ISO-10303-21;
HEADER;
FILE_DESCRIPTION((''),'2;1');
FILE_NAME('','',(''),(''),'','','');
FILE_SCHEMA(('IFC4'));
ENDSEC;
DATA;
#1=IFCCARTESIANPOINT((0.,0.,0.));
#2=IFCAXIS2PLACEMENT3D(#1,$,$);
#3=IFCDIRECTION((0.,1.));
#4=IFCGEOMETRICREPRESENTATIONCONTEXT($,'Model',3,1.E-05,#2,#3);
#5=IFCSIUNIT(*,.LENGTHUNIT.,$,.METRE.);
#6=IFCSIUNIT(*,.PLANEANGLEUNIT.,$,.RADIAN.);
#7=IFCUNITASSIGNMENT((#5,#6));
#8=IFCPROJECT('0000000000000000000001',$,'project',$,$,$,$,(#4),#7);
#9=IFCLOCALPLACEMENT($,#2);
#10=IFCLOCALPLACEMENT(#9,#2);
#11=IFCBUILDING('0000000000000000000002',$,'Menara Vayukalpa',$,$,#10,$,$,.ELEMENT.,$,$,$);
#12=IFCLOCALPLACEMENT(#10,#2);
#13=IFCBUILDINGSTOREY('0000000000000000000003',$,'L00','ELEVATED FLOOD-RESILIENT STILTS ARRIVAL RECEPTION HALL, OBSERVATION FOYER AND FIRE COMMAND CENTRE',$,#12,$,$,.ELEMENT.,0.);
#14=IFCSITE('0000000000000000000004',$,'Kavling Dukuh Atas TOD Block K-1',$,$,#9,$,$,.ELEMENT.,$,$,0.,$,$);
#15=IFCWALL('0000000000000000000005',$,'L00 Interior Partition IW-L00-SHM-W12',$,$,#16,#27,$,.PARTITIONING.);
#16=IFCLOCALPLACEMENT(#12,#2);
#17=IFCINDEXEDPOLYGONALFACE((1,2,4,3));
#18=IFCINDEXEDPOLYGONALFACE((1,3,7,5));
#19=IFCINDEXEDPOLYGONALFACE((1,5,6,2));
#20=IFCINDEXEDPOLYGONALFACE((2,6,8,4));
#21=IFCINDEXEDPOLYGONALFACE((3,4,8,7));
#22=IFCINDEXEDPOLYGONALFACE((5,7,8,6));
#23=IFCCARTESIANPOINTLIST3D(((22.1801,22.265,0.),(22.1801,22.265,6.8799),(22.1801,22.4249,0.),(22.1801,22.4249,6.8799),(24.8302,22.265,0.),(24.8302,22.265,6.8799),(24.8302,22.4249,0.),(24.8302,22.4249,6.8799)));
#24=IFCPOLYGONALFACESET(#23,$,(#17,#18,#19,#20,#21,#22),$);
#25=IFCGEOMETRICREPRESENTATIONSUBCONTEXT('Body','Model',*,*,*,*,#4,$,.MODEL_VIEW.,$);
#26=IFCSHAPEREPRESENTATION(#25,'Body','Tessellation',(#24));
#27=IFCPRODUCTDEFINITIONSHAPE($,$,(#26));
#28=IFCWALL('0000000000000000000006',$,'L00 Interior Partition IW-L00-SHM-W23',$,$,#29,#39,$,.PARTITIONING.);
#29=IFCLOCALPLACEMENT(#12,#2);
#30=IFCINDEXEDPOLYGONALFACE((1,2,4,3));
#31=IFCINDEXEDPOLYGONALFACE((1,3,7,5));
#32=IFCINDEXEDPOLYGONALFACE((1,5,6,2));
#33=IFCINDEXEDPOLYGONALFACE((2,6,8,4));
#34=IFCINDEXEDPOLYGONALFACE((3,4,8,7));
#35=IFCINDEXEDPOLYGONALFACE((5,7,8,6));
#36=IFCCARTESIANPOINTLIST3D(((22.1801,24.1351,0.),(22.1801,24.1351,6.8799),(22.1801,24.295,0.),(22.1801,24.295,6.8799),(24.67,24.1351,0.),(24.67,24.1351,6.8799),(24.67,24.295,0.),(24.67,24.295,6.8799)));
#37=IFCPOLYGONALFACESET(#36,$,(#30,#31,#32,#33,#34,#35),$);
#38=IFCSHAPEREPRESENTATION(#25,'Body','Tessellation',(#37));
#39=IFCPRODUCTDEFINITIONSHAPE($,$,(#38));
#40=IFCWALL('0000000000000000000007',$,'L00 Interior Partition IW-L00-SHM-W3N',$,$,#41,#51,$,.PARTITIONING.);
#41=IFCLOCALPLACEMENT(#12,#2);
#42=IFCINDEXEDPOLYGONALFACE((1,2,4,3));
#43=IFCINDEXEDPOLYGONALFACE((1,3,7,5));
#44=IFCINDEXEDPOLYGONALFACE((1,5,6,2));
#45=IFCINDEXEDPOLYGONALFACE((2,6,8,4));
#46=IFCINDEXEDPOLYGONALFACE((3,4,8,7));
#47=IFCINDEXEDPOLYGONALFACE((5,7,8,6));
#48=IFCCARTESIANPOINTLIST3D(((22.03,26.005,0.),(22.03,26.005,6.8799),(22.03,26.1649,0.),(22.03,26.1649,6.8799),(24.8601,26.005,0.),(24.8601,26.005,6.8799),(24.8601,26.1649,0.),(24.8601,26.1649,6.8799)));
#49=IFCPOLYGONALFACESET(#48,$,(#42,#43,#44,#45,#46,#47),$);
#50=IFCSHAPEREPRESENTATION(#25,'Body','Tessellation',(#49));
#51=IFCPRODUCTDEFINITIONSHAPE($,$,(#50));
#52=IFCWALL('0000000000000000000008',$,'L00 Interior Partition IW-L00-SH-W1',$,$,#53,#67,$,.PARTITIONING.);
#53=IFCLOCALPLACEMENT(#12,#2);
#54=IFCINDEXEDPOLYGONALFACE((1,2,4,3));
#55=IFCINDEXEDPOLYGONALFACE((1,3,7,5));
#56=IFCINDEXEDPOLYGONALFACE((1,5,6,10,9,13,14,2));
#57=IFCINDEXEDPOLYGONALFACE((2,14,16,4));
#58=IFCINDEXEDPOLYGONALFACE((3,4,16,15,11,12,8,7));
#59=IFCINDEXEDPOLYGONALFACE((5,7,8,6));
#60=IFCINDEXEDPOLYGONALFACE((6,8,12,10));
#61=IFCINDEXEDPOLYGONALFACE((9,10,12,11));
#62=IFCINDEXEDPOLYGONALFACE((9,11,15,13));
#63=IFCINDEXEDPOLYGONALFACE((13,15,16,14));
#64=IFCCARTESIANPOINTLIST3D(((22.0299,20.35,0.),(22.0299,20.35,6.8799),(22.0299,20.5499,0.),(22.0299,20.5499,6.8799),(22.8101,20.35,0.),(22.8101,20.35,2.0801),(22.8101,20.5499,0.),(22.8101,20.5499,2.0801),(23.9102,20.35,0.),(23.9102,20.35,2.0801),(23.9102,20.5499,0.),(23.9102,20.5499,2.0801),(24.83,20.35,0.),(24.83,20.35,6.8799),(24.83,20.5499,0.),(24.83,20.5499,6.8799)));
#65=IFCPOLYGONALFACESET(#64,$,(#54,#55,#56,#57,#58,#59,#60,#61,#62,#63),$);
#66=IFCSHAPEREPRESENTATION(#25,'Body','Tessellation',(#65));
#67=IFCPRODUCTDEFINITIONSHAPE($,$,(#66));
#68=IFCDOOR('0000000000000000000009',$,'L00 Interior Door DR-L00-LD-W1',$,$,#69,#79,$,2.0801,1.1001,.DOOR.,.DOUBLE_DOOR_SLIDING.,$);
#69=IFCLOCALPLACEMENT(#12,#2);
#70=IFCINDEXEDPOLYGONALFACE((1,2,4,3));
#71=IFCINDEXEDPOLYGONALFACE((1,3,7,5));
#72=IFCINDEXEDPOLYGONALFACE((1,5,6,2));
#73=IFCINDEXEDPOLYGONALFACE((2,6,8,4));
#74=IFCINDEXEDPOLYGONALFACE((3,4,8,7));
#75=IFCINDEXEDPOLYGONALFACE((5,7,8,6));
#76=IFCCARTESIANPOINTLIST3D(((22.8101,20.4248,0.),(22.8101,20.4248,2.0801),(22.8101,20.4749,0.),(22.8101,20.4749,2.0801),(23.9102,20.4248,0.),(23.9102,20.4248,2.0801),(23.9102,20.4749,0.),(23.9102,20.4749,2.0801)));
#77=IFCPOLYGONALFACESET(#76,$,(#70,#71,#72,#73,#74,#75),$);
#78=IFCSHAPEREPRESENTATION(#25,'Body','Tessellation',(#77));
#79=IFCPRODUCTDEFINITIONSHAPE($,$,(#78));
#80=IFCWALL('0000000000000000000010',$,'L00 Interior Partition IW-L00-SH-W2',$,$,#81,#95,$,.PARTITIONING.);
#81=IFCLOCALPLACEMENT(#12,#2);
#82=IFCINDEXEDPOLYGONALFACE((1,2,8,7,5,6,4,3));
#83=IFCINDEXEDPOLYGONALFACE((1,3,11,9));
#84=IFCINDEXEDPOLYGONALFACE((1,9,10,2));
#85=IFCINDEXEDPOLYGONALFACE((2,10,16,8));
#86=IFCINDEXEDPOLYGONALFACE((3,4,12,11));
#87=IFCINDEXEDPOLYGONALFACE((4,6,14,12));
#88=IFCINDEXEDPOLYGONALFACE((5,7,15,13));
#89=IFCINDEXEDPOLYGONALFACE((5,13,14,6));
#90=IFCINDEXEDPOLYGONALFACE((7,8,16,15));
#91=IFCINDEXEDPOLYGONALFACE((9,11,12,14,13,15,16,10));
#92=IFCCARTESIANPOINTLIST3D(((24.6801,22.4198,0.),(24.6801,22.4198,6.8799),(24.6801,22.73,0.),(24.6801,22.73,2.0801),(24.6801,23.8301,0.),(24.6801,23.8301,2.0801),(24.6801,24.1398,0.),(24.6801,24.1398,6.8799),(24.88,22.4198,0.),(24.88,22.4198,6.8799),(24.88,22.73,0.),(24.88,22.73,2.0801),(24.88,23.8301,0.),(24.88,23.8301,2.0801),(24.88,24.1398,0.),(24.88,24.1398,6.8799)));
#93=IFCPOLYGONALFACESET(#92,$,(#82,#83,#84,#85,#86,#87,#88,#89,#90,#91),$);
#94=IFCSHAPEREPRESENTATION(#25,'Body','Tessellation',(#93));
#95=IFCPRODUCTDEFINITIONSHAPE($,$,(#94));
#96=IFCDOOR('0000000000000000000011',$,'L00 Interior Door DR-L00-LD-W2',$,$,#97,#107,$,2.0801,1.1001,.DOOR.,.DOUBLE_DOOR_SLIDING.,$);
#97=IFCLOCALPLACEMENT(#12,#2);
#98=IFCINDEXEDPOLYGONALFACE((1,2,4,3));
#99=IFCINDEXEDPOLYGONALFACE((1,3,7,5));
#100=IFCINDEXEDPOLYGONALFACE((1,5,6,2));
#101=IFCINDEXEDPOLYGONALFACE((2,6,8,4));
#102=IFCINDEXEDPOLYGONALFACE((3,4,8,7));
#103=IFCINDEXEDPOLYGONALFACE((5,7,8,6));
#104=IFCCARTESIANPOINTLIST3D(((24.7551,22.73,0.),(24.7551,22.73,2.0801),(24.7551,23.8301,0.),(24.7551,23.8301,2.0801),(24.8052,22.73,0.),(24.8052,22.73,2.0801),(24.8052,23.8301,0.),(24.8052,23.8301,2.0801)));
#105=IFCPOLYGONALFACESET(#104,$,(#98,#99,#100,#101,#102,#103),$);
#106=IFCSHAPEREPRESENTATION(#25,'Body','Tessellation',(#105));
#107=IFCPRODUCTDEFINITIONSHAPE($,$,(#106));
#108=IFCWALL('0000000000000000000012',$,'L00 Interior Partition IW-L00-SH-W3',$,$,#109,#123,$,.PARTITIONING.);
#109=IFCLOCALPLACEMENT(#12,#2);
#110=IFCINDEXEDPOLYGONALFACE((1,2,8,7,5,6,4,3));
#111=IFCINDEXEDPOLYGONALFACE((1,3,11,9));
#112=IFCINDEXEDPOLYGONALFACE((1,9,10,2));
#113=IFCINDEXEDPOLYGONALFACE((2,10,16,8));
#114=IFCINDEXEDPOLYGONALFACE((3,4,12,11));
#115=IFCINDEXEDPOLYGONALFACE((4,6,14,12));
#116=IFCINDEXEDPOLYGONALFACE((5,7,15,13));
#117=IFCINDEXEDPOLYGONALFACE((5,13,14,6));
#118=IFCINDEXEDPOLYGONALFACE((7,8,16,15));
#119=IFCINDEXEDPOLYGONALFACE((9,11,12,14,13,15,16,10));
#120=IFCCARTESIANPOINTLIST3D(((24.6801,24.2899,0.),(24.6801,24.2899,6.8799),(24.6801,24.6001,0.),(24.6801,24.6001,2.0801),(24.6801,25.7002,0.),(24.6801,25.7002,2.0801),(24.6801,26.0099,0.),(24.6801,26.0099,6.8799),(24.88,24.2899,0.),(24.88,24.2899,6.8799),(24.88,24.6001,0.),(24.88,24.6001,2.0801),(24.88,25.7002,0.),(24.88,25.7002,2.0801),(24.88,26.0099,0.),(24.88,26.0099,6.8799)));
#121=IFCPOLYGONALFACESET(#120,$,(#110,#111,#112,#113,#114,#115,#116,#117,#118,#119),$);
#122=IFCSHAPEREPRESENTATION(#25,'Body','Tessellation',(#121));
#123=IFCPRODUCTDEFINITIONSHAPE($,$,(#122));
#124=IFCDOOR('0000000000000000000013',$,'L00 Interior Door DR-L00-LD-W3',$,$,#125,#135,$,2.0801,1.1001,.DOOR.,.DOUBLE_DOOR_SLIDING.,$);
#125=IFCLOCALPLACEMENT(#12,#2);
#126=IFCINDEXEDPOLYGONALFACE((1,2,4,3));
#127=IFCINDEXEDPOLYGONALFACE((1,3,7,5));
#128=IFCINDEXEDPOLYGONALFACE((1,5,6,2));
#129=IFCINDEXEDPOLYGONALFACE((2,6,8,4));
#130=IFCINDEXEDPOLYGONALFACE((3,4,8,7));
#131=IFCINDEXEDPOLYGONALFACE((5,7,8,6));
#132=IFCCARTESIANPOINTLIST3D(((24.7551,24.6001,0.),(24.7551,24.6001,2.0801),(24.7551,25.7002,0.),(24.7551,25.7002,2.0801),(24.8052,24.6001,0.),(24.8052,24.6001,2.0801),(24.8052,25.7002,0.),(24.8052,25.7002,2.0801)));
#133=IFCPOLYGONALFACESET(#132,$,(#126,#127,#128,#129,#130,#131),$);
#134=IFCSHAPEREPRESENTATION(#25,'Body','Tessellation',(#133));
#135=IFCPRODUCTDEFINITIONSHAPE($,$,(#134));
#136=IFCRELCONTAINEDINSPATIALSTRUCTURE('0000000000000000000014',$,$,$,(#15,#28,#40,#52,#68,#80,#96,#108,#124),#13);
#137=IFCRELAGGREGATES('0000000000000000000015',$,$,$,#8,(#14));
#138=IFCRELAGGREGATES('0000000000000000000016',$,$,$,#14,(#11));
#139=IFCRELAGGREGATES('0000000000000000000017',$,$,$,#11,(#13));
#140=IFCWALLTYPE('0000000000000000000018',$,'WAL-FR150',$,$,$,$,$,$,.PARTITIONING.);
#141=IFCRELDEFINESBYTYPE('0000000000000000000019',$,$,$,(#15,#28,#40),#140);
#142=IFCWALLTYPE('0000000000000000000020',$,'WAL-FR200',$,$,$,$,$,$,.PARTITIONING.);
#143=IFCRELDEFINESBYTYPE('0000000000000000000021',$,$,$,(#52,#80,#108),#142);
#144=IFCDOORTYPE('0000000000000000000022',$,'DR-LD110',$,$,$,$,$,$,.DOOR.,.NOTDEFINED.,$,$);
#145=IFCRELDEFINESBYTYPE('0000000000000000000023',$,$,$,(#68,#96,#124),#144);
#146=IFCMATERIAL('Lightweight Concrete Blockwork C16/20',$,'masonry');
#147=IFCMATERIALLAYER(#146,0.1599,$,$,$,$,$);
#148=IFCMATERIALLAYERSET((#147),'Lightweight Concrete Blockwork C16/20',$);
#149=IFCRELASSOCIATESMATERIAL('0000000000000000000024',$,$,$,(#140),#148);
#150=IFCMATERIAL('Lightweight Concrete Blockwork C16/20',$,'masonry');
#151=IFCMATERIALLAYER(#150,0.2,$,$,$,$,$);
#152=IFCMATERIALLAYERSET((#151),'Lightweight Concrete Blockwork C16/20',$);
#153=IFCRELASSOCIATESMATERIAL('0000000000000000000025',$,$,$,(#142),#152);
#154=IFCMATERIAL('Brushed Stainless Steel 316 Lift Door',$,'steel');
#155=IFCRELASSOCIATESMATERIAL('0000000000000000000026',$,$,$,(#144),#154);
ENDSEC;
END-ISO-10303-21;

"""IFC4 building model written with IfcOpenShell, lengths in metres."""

from ifc_helpers import new_model, si_unit, direction, frame, frame_2d, origin, place, context, subcontext, project, spatial, rectangle, extrude, material, layer, layer_set, type_object, element, fill, save


model = new_model("IFC4")

# Units and contexts
model_context = context("Model", 3, precision=1e-05, world=origin(), true_north=direction((0.0, 1.0)))
body_context = subcontext(model_context, "Body", "Model", "MODEL_VIEW")
ifc_project = project(units=[si_unit("LENGTHUNIT", "METRE"), si_unit("PLANEANGLEUNIT", "RADIAN")], contexts=[model_context])

# Site, building, storey
site_placement = place(None, origin())
site = spatial("IfcSite", under=ifc_project, at=site_placement, Name="Kavling Dukuh Atas TOD Block K-1", CompositionType="ELEMENT", RefElevation=0.0)
building_placement = place(site_placement, origin())
building = spatial("IfcBuilding", under=site, at=building_placement, Name="Menara Vayukalpa", CompositionType="ELEMENT")
storey_placement = place(building_placement, origin())
storey = spatial("IfcBuildingStorey", under=building, at=storey_placement, Name="L00", Description="ELEVATED FLOOD-RESILIENT STILTS ARRIVAL RECEPTION HALL, OBSERVATION FOYER AND FIRE COMMAND CENTRE", CompositionType="ELEMENT", Elevation=0.0)

# Walls
ifc_material_1 = material(Name="Lightweight Concrete Blockwork C16/20", Category="masonry")
ifc_layer_1 = layer(ifc_material_1, 0.1599)
ifc_layer_set_1 = layer_set([ifc_layer_1], Name="Lightweight Concrete Blockwork C16/20")
wall_type_1 = type_object("IfcWallType", Name="WAL-FR150", PredefinedType="PARTITIONING", material=ifc_layer_set_1)
wall_1_placement = place(storey_placement, frame((22.1799, 22.345, 0.0), z_axis=(0.0, 0.0, 1.0), x_axis=(1.0, 0.0, 0.0)))
element("IfcWall", 1, at=wall_1_placement, inside=storey, type_object=wall_type_1, Name="L00 Interior Partition IW-L00-SHM-W12", PredefinedType="PARTITIONING", context=body_context, shape_type="SweptSolid", body=[
    extrude(rectangle(XDim=2.6501, YDim=0.1599, at=frame_2d((1.3252, 0.0))), origin(), (0.0, 0.0, 1.0), 6.8799),
])
wall_2_placement = place(storey_placement, frame((22.1799, 24.2151, 0.0), z_axis=(0.0, 0.0, 1.0), x_axis=(1.0, 0.0, 0.0)))
element("IfcWall", 2, at=wall_2_placement, inside=storey, type_object=wall_type_1, Name="L00 Interior Partition IW-L00-SHM-W23", PredefinedType="PARTITIONING", context=body_context, shape_type="SweptSolid", body=[
    extrude(rectangle(XDim=2.49, YDim=0.1599, at=frame_2d((1.2451, 0.0))), origin(), (0.0, 0.0, 1.0), 6.8799),
])
wall_3_placement = place(storey_placement, frame((22.03, 26.085, 0.0), z_axis=(0.0, 0.0, 1.0), x_axis=(1.0, 0.0, 0.0)))
element("IfcWall", 3, at=wall_3_placement, inside=storey, type_object=wall_type_1, Name="L00 Interior Partition IW-L00-SHM-W3N", PredefinedType="PARTITIONING", context=body_context, shape_type="SweptSolid", body=[
    extrude(rectangle(XDim=2.8301, YDim=0.1599, at=frame_2d((1.415, 0.0))), origin(), (0.0, 0.0, 1.0), 6.8799),
])

# Walls, openings, doors
ifc_material_2 = material(Name="Lightweight Concrete Blockwork C16/20", Category="masonry")
ifc_layer_2 = layer(ifc_material_2, 0.2)
ifc_layer_set_2 = layer_set([ifc_layer_2], Name="Lightweight Concrete Blockwork C16/20")
wall_type_2 = type_object("IfcWallType", Name="WAL-FR200", PredefinedType="PARTITIONING", material=ifc_layer_set_2)
wall_4_placement = place(storey_placement, frame((22.03, 20.45, 0.0), z_axis=(0.0, 0.0, 1.0), x_axis=(1.0, 0.0, 0.0)))
wall_4 = element("IfcWall", 4, at=wall_4_placement, inside=storey, type_object=wall_type_2, Name="L00 Interior Partition IW-L00-SH-W1", PredefinedType="PARTITIONING", context=body_context, shape_type="SweptSolid", body=[
    extrude(rectangle(XDim=2.8, YDim=0.2, at=frame_2d((1.3999, 0.0))), origin(), (0.0, 0.0, 1.0), 6.8799),
])
opening_1_placement = place(wall_4_placement, frame((0.78, 0.0, 0.0)))
opening_1 = element("IfcOpeningElement", 5, at=opening_1_placement, cuts=wall_4, PredefinedType="OPENING", context=body_context, shape_type="SweptSolid", body=[
    extrude(rectangle(XDim=1.1001, YDim=2.0801, at=frame_2d((0.55, 1.04))), frame((0.0, 0.1099, 0.0), z_axis=(0.0, -1.0, 0.0), x_axis=(1.0, 0.0, 0.0)), (0.0, 0.0, 1.0), 0.22),
])
ifc_material_3 = material(Name="Brushed Stainless Steel 316 Lift Door", Category="steel")
door_type = type_object("IfcDoorType", Name="DR-LD110", OperationType="NOTDEFINED", PredefinedType="DOOR", material=ifc_material_3)
door_1_placement = place(opening_1_placement, origin())
door_1 = element("IfcDoor", 6, at=door_1_placement, inside=storey, type_object=door_type, Name="L00 Interior Door DR-L00-LD-W1", OperationType="DOUBLE_DOOR_SLIDING", OverallHeight=2.0801, OverallWidth=1.1001, PredefinedType="DOOR", context=body_context, shape_type="SweptSolid", body=[
    extrude(rectangle(XDim=1.1001, YDim=2.0801, at=frame_2d((0.55, 1.04))), frame((0.0, 0.0249, 0.0), z_axis=(0.0, -1.0, 0.0), x_axis=(1.0, 0.0, 0.0)), (0.0, 0.0, 1.0), 0.05),
])
fill(opening_1, door_1)
wall_5_placement = place(storey_placement, frame((24.78, 22.4199, 0.0), z_axis=(0.0, 0.0, 1.0), x_axis=(0.0, 1.0, 0.0)))
wall_5 = element("IfcWall", 7, at=wall_5_placement, inside=storey, type_object=wall_type_2, Name="L00 Interior Partition IW-L00-SH-W2", PredefinedType="PARTITIONING", context=body_context, shape_type="SweptSolid", body=[
    extrude(rectangle(XDim=1.72, YDim=0.2, at=frame_2d((0.8599, 0.0))), origin(), (0.0, 0.0, 1.0), 6.8799),
])
opening_2_placement = place(wall_5_placement, frame((0.3101, 0.0, 0.0)))
opening_2 = element("IfcOpeningElement", 8, at=opening_2_placement, cuts=wall_5, PredefinedType="OPENING", context=body_context, shape_type="SweptSolid", body=[
    extrude(rectangle(XDim=1.1001, YDim=2.0801, at=frame_2d((0.55, 1.04))), frame((0.0, 0.1099, 0.0), z_axis=(0.0, -1.0, 0.0), x_axis=(1.0, 0.0, 0.0)), (0.0, 0.0, 1.0), 0.22),
])
door_2_placement = place(opening_2_placement, origin())
door_2 = element("IfcDoor", 9, at=door_2_placement, inside=storey, type_object=door_type, Name="L00 Interior Door DR-L00-LD-W2", OperationType="DOUBLE_DOOR_SLIDING", OverallHeight=2.0801, OverallWidth=1.1001, PredefinedType="DOOR", context=body_context, shape_type="SweptSolid", body=[
    extrude(rectangle(XDim=1.1001, YDim=2.0801, at=frame_2d((0.55, 1.04))), frame((0.0, 0.0249, 0.0), z_axis=(0.0, -1.0, 0.0), x_axis=(1.0, 0.0, 0.0)), (0.0, 0.0, 1.0), 0.05),
])
fill(opening_2, door_2)
wall_6_placement = place(storey_placement, frame((24.78, 24.29, 0.0), z_axis=(0.0, 0.0, 1.0), x_axis=(0.0, 1.0, 0.0)))
wall_6 = element("IfcWall", 10, at=wall_6_placement, inside=storey, type_object=wall_type_2, Name="L00 Interior Partition IW-L00-SH-W3", PredefinedType="PARTITIONING", context=body_context, shape_type="SweptSolid", body=[
    extrude(rectangle(XDim=1.72, YDim=0.2, at=frame_2d((0.8599, 0.0))), origin(), (0.0, 0.0, 1.0), 6.8799),
])
opening_3_placement = place(wall_6_placement, frame((0.3101, 0.0, 0.0)))
opening_3 = element("IfcOpeningElement", 11, at=opening_3_placement, cuts=wall_6, PredefinedType="OPENING", context=body_context, shape_type="SweptSolid", body=[
    extrude(rectangle(XDim=1.1001, YDim=2.0801, at=frame_2d((0.55, 1.04))), frame((0.0, 0.1099, 0.0), z_axis=(0.0, -1.0, 0.0), x_axis=(1.0, 0.0, 0.0)), (0.0, 0.0, 1.0), 0.22),
])
door_3_placement = place(opening_3_placement, origin())
door_3 = element("IfcDoor", 12, at=door_3_placement, inside=storey, type_object=door_type, Name="L00 Interior Door DR-L00-LD-W3", OperationType="DOUBLE_DOOR_SLIDING", OverallHeight=2.0801, OverallWidth=1.1001, PredefinedType="DOOR", context=body_context, shape_type="SweptSolid", body=[
    extrude(rectangle(XDim=1.1001, YDim=2.0801, at=frame_2d((0.55, 1.04))), frame((0.0, 0.0249, 0.0), z_axis=(0.0, -1.0, 0.0), x_axis=(1.0, 0.0, 0.0)), (0.0, 0.0, 1.0), 0.05),
])
fill(opening_3, door_3)

save(model, "model.ifc")
